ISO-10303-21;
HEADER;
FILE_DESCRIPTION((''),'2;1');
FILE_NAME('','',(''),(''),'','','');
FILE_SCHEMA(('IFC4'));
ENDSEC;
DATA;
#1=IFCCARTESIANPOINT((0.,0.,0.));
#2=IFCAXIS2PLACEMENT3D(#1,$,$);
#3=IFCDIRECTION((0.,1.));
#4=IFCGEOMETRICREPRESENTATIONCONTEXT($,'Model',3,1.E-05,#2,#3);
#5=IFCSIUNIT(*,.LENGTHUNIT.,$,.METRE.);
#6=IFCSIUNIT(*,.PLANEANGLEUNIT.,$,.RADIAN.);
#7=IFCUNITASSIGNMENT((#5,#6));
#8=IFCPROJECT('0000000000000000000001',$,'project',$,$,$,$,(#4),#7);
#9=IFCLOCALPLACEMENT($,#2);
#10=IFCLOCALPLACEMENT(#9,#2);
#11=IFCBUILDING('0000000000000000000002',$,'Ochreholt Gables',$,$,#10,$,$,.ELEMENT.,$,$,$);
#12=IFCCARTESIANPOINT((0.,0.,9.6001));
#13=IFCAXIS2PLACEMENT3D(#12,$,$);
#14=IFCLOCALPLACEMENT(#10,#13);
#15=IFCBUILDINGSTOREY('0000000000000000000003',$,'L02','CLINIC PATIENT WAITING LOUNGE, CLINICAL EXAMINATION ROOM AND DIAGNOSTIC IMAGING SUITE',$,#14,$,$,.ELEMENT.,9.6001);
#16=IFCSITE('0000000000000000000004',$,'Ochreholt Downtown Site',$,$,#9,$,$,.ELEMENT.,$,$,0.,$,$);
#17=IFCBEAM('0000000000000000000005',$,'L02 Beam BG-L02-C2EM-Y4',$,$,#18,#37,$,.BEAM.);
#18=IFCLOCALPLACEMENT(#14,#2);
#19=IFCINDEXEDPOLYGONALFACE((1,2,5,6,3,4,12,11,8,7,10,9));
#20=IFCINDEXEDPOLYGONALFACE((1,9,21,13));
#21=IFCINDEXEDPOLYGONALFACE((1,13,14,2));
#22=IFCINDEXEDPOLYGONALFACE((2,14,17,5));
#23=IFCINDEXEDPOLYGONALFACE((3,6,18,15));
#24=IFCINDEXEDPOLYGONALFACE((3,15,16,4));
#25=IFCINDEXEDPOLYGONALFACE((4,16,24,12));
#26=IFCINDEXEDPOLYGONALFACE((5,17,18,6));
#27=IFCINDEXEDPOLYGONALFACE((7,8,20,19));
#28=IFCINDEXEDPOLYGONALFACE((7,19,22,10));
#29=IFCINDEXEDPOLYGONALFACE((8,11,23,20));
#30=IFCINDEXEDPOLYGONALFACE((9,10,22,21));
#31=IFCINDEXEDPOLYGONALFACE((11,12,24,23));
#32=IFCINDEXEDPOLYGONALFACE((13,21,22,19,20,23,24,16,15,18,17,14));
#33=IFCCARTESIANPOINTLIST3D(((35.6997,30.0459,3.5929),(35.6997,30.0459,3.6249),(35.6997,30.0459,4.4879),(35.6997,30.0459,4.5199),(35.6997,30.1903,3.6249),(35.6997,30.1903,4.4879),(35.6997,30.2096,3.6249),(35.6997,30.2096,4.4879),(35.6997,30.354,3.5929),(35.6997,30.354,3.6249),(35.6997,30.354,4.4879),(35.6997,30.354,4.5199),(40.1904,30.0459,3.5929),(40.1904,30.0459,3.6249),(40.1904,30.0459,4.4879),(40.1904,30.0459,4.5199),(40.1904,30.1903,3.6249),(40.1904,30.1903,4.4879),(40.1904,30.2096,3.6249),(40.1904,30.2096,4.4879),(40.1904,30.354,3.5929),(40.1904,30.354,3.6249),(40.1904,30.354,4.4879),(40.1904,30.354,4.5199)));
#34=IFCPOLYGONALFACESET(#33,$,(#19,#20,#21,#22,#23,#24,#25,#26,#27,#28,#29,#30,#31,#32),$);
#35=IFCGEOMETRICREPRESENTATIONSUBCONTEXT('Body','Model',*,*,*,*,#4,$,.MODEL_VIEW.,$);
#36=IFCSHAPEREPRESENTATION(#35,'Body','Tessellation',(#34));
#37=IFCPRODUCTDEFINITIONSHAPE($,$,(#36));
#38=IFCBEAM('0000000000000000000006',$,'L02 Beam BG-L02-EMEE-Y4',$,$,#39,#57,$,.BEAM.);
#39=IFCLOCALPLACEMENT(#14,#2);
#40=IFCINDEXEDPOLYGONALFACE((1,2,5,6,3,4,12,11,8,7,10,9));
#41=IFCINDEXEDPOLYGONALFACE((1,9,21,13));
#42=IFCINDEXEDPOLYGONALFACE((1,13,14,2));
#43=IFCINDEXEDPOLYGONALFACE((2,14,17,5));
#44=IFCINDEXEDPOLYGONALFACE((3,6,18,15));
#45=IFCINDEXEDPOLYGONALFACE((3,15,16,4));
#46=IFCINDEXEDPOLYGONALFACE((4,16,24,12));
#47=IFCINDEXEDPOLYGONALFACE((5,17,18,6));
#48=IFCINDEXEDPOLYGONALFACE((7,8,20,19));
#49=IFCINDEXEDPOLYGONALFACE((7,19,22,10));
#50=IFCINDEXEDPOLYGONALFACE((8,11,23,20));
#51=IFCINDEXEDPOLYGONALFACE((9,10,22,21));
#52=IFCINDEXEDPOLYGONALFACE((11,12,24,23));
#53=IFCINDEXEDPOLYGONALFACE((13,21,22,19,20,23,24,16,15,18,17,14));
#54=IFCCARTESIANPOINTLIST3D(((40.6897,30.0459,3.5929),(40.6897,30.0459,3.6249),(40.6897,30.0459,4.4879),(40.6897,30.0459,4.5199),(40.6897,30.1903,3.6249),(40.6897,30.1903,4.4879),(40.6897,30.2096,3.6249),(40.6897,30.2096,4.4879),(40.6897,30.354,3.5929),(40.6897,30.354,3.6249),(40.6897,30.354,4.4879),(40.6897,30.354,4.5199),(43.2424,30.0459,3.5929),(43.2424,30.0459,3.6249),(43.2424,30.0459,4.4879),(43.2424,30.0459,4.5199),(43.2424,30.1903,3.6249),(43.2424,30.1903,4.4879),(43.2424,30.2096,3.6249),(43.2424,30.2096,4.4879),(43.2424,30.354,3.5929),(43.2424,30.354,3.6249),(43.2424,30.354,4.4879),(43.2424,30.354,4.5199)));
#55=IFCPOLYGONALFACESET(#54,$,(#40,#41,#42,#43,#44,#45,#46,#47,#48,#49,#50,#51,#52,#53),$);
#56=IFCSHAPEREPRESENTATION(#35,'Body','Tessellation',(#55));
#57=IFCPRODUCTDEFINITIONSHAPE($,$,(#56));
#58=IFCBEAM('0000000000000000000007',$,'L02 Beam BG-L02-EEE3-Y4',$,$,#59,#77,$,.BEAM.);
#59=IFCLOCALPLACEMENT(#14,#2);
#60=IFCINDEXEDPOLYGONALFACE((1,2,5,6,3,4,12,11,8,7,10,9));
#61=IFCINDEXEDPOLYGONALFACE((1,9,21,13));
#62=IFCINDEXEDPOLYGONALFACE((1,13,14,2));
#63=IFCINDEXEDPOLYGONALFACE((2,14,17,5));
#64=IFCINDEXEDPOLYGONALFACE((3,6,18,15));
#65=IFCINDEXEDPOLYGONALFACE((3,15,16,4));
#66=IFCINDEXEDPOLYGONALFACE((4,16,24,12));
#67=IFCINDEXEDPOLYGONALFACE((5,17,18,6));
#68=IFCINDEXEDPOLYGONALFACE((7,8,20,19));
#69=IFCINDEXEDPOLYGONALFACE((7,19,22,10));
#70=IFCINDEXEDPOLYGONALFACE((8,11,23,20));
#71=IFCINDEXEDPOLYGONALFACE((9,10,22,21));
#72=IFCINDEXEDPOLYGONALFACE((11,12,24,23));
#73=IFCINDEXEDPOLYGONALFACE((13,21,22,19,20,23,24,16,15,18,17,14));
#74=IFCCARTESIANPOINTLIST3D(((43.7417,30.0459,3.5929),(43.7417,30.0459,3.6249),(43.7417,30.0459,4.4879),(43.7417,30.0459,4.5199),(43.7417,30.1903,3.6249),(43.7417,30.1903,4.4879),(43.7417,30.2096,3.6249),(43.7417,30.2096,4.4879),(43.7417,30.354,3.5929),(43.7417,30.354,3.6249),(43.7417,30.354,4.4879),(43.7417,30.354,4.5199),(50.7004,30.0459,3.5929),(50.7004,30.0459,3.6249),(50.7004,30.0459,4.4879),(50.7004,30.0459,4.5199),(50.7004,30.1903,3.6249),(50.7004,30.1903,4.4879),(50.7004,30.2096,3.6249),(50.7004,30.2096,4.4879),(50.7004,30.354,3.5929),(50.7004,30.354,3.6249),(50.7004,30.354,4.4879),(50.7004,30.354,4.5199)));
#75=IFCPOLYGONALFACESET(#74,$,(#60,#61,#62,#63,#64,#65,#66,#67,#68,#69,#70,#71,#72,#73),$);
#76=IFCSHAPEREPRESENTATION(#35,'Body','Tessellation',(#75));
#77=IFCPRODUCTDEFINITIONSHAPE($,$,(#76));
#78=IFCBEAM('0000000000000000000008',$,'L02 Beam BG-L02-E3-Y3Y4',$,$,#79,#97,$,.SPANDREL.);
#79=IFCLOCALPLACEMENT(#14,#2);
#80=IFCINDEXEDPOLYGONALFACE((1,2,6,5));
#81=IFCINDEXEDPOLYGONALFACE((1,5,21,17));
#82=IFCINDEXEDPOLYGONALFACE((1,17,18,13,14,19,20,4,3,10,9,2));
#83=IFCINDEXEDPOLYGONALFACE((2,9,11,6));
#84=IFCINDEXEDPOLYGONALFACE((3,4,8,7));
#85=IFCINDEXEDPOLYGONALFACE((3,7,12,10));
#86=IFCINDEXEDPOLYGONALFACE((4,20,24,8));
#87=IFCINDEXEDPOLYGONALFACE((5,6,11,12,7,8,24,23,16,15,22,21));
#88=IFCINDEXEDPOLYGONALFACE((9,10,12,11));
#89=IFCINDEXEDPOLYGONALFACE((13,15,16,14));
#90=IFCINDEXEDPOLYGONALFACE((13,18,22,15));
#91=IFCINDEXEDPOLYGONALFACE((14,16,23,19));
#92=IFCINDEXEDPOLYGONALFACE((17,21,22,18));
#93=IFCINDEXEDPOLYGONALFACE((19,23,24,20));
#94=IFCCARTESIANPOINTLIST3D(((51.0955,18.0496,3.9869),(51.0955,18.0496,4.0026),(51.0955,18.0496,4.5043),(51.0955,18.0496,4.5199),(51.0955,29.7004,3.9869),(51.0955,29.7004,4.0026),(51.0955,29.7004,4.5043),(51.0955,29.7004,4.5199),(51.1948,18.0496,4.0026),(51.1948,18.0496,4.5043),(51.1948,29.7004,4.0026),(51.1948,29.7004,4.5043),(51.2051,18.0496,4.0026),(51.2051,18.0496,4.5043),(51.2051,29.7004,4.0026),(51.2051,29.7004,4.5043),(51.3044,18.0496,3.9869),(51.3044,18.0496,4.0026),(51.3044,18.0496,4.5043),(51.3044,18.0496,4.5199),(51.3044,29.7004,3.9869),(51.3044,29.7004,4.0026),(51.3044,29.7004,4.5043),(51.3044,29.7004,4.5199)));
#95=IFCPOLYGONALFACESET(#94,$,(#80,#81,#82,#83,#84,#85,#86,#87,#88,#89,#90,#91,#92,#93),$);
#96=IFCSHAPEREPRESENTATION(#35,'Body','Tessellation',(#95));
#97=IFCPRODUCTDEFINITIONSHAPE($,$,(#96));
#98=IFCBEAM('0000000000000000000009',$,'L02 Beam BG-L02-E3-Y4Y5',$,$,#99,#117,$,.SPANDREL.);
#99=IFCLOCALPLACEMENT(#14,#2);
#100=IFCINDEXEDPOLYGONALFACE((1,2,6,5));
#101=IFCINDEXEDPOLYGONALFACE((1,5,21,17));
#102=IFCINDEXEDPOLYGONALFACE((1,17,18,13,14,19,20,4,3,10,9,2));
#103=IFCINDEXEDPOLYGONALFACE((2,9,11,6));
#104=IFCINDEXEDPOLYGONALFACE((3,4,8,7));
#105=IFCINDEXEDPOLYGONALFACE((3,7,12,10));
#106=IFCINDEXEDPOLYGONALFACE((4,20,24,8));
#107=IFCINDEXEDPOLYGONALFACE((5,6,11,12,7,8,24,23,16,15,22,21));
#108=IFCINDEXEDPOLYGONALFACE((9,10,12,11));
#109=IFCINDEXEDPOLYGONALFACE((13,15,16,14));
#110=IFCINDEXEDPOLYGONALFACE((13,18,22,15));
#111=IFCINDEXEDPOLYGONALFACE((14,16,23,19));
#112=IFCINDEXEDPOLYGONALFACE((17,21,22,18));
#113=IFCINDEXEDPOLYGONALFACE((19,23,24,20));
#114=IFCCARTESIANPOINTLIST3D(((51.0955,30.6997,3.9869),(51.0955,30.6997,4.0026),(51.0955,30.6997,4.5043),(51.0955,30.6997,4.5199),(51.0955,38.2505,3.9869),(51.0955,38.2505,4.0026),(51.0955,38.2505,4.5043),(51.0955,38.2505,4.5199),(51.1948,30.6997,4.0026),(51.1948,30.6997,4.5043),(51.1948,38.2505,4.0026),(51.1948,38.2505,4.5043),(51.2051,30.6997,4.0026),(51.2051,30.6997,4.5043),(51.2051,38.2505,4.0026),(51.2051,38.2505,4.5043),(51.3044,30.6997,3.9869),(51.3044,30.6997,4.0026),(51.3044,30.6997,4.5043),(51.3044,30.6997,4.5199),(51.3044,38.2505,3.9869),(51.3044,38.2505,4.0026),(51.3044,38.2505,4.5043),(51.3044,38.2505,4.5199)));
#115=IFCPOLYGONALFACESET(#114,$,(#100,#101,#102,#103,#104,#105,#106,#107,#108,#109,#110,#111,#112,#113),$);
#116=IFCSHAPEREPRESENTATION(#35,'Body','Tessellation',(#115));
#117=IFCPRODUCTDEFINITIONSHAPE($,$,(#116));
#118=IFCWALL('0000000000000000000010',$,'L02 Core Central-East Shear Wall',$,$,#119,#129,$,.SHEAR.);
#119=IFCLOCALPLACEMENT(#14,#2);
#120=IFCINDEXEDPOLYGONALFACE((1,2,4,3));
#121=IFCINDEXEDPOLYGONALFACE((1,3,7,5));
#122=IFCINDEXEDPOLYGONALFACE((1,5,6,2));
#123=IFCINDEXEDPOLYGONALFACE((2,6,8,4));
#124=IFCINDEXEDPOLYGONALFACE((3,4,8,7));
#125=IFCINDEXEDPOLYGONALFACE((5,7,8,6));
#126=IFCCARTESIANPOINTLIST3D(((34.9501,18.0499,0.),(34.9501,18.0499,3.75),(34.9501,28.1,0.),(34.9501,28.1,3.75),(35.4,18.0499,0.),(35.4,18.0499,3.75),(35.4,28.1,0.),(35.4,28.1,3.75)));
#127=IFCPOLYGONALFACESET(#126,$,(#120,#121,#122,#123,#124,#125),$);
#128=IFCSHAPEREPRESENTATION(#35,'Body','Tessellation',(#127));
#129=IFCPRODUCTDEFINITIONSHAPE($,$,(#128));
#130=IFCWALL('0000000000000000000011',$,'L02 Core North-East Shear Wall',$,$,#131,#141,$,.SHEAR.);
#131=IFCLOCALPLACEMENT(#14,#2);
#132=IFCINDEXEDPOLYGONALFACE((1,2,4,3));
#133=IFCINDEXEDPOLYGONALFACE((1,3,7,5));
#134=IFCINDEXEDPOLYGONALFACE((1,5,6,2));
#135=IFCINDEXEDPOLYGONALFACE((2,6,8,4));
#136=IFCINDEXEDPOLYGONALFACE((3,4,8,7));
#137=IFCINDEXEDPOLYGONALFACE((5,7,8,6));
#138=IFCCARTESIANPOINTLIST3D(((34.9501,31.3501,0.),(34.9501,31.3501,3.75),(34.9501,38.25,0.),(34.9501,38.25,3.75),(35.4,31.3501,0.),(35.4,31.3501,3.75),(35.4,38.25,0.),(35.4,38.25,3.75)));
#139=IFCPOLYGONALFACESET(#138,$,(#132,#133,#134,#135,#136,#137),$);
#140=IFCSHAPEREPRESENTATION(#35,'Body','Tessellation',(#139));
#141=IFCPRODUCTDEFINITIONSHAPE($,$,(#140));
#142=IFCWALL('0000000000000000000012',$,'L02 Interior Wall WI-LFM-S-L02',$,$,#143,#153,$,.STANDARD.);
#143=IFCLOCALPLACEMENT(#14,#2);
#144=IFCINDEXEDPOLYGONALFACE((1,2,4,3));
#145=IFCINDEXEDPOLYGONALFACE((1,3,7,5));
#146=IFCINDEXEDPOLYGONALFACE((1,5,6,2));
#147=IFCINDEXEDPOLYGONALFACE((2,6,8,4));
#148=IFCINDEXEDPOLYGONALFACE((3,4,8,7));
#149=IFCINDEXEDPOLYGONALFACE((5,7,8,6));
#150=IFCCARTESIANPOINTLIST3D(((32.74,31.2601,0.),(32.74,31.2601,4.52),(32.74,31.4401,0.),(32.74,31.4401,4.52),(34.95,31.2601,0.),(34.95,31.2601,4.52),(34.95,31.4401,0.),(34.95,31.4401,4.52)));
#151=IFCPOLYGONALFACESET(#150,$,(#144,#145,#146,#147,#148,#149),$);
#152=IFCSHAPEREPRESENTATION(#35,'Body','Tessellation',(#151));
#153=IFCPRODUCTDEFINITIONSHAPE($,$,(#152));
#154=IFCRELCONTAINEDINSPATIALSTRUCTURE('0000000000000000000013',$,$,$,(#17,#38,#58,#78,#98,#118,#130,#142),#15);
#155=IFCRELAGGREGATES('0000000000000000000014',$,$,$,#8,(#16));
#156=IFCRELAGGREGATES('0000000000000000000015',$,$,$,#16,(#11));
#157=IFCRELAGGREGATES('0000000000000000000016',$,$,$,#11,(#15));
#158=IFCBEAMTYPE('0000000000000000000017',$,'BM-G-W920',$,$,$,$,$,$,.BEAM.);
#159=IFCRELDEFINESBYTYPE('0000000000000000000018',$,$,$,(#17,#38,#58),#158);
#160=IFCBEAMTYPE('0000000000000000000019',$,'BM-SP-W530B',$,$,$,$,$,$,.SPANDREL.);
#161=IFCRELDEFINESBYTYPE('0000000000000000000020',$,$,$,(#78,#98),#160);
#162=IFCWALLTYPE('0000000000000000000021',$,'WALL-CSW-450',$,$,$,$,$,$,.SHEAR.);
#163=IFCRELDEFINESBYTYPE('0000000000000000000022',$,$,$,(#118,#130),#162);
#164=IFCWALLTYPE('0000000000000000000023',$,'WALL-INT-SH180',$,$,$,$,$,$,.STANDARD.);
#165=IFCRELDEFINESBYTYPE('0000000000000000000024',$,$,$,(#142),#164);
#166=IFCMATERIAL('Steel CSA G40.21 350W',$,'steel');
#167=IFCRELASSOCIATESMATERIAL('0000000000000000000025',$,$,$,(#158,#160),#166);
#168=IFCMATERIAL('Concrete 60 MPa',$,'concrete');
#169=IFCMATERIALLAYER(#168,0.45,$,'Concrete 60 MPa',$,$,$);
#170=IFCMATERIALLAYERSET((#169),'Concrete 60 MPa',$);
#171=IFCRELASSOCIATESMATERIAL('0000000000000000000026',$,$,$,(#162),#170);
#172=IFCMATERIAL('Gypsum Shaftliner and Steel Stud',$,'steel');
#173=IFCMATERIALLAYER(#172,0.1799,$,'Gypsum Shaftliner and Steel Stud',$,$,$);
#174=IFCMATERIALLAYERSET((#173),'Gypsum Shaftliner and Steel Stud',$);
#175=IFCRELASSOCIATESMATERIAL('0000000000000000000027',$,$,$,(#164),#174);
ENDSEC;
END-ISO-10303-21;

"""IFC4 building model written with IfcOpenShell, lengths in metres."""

from ifc_helpers import new_model, si_unit, direction, frame, frame_2d, origin, origin_2d, place, context, subcontext, project, spatial, rectangle, i_section, extrude, material, layer, layer_set, material_profile, profile_set, type_object, element, save


model = new_model("IFC4")

# Units and contexts
model_context = context("Model", 3, precision=1e-05, world=origin(), true_north=direction((0.0, 1.0)))
body_context = subcontext(model_context, "Body", "Model", "MODEL_VIEW")
ifc_project = project(units=[si_unit("LENGTHUNIT", "METRE"), si_unit("PLANEANGLEUNIT", "RADIAN")], contexts=[model_context])

# Site, building, storey
site_placement = place(None, origin())
site = spatial("IfcSite", under=ifc_project, at=site_placement, Name="Ochreholt Downtown Site", CompositionType="ELEMENT", RefElevation=0.0)
building_placement = place(site_placement, origin())
building = spatial("IfcBuilding", under=site, at=building_placement, Name="Ochreholt Gables", CompositionType="ELEMENT")
storey_placement = place(building_placement, frame((0.0, 0.0, 9.6001)))
storey = spatial("IfcBuildingStorey", under=building, at=storey_placement, Name="L02", Description="CLINIC PATIENT WAITING LOUNGE, CLINICAL EXAMINATION ROOM AND DIAGNOSTIC IMAGING SUITE", CompositionType="ELEMENT", Elevation=9.6001)

# Shared definitions
ifc_material_1 = material(Name="Steel CSA G40.21 350W", Category="steel")
ifc_material_2 = material(Name="Concrete 60 MPa", Category="concrete")

# Beams
ifc_material_profile_1 = material_profile(ifc_material_1, i_section(OverallWidth=0.3081, OverallDepth=0.927, WebThickness=0.0193, FlangeThickness=0.032, at=origin_2d()), Name="W920X289")
ifc_profile_set_1 = profile_set([ifc_material_profile_1], Name="Steel CSA G40.21 350W")
beam_type_1 = type_object("IfcBeamType", Name="BM-G-W920", PredefinedType="BEAM", material=ifc_profile_set_1)
beam_1_placement = place(storey_placement, frame((35.6997, 30.2, 4.0564), z_axis=(1.0, 0.0, 0.0), x_axis=(0.0, 1.0, 0.0)))
element("IfcBeam", 1, at=beam_1_placement, inside=storey, type_object=beam_type_1, Name="L02 Beam BG-L02-C2EM-Y4", PredefinedType="BEAM", context=body_context, shape_type="SweptSolid", body=[
    extrude(i_section(OverallWidth=0.3081, OverallDepth=0.927, WebThickness=0.0193, FlangeThickness=0.032, at=origin_2d()), origin(), (0.0, 0.0, 1.0), 4.4907),
])
beam_2_placement = place(storey_placement, frame((40.6897, 30.2, 4.0564), z_axis=(1.0, 0.0, 0.0), x_axis=(0.0, 1.0, 0.0)))
element("IfcBeam", 2, at=beam_2_placement, inside=storey, type_object=beam_type_1, Name="L02 Beam BG-L02-EMEE-Y4", PredefinedType="BEAM", context=body_context, shape_type="SweptSolid", body=[
    extrude(i_section(OverallWidth=0.3081, OverallDepth=0.927, WebThickness=0.0193, FlangeThickness=0.032, at=origin_2d()), origin(), (0.0, 0.0, 1.0), 2.5527),
])
beam_3_placement = place(storey_placement, frame((43.7417, 30.2, 4.0564), z_axis=(1.0, 0.0, 0.0), x_axis=(0.0, 1.0, 0.0)))
element("IfcBeam", 3, at=beam_3_placement, inside=storey, type_object=beam_type_1, Name="L02 Beam BG-L02-EEE3-Y4", PredefinedType="BEAM", context=body_context, shape_type="SweptSolid", body=[
    extrude(i_section(OverallWidth=0.3081, OverallDepth=0.927, WebThickness=0.0193, FlangeThickness=0.032, at=origin_2d()), origin(), (0.0, 0.0, 1.0), 6.9587),
])
ifc_material_profile_2 = material_profile(ifc_material_1, i_section(OverallWidth=0.209, OverallDepth=0.533, WebThickness=0.0103, FlangeThickness=0.0156, at=origin_2d()), Name="W530X92")
ifc_profile_set_2 = profile_set([ifc_material_profile_2], Name="Steel CSA G40.21 350W")
beam_type_2 = type_object("IfcBeamType", Name="BM-SP-W530B", PredefinedType="SPANDREL", material=ifc_profile_set_2)
beam_4_placement = place(storey_placement, frame((51.2, 18.0496, 4.2534), z_axis=(0.0, 1.0, 0.0), x_axis=(-1.0, 0.0, 0.0)))
element("IfcBeam", 4, at=beam_4_placement, inside=storey, type_object=beam_type_2, Name="L02 Beam BG-L02-E3-Y3Y4", PredefinedType="SPANDREL", context=body_context, shape_type="SweptSolid", body=[
    extrude(i_section(OverallWidth=0.209, OverallDepth=0.533, WebThickness=0.0103, FlangeThickness=0.0156, at=origin_2d()), origin(), (0.0, 0.0, 1.0), 11.6509),
])
beam_5_placement = place(storey_placement, frame((51.2, 30.6997, 4.2534), z_axis=(0.0, 1.0, 0.0), x_axis=(-1.0, 0.0, 0.0)))
element("IfcBeam", 5, at=beam_5_placement, inside=storey, type_object=beam_type_2, Name="L02 Beam BG-L02-E3-Y4Y5", PredefinedType="SPANDREL", context=body_context, shape_type="SweptSolid", body=[
    extrude(i_section(OverallWidth=0.209, OverallDepth=0.533, WebThickness=0.0103, FlangeThickness=0.0156, at=origin_2d()), origin(), (0.0, 0.0, 1.0), 7.5508),
])

# Walls
ifc_layer_1 = layer(ifc_material_2, 0.45, Name="Concrete 60 MPa")
ifc_layer_set_1 = layer_set([ifc_layer_1], Name="Concrete 60 MPa")
wall_type_1 = type_object("IfcWallType", Name="WALL-CSW-450", PredefinedType="SHEAR", material=ifc_layer_set_1)
wall_1_placement = place(storey_placement, frame((35.175, 18.05, 0.0), z_axis=(0.0, 0.0, 1.0), x_axis=(0.0, 1.0, 0.0)))
element("IfcWall", 6, at=wall_1_placement, inside=storey, type_object=wall_type_1, Name="L02 Core Central-East Shear Wall", PredefinedType="SHEAR", context=body_context, shape_type="SweptSolid", body=[
    extrude(rectangle(XDim=10.05, YDim=0.45, at=frame_2d((5.0249, 0.0))), origin(), (0.0, 0.0, 1.0), 3.75),
])
wall_2_placement = place(storey_placement, frame((35.175, 31.3501, 0.0), z_axis=(0.0, 0.0, 1.0), x_axis=(0.0, 1.0, 0.0)))
element("IfcWall", 7, at=wall_2_placement, inside=storey, type_object=wall_type_1, Name="L02 Core North-East Shear Wall", PredefinedType="SHEAR", context=body_context, shape_type="SweptSolid", body=[
    extrude(rectangle(XDim=6.8999, YDim=0.45, at=frame_2d((3.45, 0.0))), origin(), (0.0, 0.0, 1.0), 3.75),
])
ifc_material_3 = material(Name="Gypsum Shaftliner and Steel Stud", Category="steel")
ifc_layer_2 = layer(ifc_material_3, 0.1799, Name="Gypsum Shaftliner and Steel Stud")
ifc_layer_set_2 = layer_set([ifc_layer_2], Name="Gypsum Shaftliner and Steel Stud")
wall_type_2 = type_object("IfcWallType", Name="WALL-INT-SH180", PredefinedType="STANDARD", material=ifc_layer_set_2)
wall_3_placement = place(storey_placement, frame((32.74, 31.3501, 0.0), z_axis=(0.0, 0.0, 1.0), x_axis=(1.0, 0.0, 0.0)))
element("IfcWall", 8, at=wall_3_placement, inside=storey, type_object=wall_type_2, Name="L02 Interior Wall WI-LFM-S-L02", PredefinedType="STANDARD", context=body_context, shape_type="SweptSolid", body=[
    extrude(rectangle(XDim=2.21, YDim=0.1799, at=frame_2d((1.105, 0.0))), origin(), (0.0, 0.0, 1.0), 4.52),
])

save(model, "model.ifc")
